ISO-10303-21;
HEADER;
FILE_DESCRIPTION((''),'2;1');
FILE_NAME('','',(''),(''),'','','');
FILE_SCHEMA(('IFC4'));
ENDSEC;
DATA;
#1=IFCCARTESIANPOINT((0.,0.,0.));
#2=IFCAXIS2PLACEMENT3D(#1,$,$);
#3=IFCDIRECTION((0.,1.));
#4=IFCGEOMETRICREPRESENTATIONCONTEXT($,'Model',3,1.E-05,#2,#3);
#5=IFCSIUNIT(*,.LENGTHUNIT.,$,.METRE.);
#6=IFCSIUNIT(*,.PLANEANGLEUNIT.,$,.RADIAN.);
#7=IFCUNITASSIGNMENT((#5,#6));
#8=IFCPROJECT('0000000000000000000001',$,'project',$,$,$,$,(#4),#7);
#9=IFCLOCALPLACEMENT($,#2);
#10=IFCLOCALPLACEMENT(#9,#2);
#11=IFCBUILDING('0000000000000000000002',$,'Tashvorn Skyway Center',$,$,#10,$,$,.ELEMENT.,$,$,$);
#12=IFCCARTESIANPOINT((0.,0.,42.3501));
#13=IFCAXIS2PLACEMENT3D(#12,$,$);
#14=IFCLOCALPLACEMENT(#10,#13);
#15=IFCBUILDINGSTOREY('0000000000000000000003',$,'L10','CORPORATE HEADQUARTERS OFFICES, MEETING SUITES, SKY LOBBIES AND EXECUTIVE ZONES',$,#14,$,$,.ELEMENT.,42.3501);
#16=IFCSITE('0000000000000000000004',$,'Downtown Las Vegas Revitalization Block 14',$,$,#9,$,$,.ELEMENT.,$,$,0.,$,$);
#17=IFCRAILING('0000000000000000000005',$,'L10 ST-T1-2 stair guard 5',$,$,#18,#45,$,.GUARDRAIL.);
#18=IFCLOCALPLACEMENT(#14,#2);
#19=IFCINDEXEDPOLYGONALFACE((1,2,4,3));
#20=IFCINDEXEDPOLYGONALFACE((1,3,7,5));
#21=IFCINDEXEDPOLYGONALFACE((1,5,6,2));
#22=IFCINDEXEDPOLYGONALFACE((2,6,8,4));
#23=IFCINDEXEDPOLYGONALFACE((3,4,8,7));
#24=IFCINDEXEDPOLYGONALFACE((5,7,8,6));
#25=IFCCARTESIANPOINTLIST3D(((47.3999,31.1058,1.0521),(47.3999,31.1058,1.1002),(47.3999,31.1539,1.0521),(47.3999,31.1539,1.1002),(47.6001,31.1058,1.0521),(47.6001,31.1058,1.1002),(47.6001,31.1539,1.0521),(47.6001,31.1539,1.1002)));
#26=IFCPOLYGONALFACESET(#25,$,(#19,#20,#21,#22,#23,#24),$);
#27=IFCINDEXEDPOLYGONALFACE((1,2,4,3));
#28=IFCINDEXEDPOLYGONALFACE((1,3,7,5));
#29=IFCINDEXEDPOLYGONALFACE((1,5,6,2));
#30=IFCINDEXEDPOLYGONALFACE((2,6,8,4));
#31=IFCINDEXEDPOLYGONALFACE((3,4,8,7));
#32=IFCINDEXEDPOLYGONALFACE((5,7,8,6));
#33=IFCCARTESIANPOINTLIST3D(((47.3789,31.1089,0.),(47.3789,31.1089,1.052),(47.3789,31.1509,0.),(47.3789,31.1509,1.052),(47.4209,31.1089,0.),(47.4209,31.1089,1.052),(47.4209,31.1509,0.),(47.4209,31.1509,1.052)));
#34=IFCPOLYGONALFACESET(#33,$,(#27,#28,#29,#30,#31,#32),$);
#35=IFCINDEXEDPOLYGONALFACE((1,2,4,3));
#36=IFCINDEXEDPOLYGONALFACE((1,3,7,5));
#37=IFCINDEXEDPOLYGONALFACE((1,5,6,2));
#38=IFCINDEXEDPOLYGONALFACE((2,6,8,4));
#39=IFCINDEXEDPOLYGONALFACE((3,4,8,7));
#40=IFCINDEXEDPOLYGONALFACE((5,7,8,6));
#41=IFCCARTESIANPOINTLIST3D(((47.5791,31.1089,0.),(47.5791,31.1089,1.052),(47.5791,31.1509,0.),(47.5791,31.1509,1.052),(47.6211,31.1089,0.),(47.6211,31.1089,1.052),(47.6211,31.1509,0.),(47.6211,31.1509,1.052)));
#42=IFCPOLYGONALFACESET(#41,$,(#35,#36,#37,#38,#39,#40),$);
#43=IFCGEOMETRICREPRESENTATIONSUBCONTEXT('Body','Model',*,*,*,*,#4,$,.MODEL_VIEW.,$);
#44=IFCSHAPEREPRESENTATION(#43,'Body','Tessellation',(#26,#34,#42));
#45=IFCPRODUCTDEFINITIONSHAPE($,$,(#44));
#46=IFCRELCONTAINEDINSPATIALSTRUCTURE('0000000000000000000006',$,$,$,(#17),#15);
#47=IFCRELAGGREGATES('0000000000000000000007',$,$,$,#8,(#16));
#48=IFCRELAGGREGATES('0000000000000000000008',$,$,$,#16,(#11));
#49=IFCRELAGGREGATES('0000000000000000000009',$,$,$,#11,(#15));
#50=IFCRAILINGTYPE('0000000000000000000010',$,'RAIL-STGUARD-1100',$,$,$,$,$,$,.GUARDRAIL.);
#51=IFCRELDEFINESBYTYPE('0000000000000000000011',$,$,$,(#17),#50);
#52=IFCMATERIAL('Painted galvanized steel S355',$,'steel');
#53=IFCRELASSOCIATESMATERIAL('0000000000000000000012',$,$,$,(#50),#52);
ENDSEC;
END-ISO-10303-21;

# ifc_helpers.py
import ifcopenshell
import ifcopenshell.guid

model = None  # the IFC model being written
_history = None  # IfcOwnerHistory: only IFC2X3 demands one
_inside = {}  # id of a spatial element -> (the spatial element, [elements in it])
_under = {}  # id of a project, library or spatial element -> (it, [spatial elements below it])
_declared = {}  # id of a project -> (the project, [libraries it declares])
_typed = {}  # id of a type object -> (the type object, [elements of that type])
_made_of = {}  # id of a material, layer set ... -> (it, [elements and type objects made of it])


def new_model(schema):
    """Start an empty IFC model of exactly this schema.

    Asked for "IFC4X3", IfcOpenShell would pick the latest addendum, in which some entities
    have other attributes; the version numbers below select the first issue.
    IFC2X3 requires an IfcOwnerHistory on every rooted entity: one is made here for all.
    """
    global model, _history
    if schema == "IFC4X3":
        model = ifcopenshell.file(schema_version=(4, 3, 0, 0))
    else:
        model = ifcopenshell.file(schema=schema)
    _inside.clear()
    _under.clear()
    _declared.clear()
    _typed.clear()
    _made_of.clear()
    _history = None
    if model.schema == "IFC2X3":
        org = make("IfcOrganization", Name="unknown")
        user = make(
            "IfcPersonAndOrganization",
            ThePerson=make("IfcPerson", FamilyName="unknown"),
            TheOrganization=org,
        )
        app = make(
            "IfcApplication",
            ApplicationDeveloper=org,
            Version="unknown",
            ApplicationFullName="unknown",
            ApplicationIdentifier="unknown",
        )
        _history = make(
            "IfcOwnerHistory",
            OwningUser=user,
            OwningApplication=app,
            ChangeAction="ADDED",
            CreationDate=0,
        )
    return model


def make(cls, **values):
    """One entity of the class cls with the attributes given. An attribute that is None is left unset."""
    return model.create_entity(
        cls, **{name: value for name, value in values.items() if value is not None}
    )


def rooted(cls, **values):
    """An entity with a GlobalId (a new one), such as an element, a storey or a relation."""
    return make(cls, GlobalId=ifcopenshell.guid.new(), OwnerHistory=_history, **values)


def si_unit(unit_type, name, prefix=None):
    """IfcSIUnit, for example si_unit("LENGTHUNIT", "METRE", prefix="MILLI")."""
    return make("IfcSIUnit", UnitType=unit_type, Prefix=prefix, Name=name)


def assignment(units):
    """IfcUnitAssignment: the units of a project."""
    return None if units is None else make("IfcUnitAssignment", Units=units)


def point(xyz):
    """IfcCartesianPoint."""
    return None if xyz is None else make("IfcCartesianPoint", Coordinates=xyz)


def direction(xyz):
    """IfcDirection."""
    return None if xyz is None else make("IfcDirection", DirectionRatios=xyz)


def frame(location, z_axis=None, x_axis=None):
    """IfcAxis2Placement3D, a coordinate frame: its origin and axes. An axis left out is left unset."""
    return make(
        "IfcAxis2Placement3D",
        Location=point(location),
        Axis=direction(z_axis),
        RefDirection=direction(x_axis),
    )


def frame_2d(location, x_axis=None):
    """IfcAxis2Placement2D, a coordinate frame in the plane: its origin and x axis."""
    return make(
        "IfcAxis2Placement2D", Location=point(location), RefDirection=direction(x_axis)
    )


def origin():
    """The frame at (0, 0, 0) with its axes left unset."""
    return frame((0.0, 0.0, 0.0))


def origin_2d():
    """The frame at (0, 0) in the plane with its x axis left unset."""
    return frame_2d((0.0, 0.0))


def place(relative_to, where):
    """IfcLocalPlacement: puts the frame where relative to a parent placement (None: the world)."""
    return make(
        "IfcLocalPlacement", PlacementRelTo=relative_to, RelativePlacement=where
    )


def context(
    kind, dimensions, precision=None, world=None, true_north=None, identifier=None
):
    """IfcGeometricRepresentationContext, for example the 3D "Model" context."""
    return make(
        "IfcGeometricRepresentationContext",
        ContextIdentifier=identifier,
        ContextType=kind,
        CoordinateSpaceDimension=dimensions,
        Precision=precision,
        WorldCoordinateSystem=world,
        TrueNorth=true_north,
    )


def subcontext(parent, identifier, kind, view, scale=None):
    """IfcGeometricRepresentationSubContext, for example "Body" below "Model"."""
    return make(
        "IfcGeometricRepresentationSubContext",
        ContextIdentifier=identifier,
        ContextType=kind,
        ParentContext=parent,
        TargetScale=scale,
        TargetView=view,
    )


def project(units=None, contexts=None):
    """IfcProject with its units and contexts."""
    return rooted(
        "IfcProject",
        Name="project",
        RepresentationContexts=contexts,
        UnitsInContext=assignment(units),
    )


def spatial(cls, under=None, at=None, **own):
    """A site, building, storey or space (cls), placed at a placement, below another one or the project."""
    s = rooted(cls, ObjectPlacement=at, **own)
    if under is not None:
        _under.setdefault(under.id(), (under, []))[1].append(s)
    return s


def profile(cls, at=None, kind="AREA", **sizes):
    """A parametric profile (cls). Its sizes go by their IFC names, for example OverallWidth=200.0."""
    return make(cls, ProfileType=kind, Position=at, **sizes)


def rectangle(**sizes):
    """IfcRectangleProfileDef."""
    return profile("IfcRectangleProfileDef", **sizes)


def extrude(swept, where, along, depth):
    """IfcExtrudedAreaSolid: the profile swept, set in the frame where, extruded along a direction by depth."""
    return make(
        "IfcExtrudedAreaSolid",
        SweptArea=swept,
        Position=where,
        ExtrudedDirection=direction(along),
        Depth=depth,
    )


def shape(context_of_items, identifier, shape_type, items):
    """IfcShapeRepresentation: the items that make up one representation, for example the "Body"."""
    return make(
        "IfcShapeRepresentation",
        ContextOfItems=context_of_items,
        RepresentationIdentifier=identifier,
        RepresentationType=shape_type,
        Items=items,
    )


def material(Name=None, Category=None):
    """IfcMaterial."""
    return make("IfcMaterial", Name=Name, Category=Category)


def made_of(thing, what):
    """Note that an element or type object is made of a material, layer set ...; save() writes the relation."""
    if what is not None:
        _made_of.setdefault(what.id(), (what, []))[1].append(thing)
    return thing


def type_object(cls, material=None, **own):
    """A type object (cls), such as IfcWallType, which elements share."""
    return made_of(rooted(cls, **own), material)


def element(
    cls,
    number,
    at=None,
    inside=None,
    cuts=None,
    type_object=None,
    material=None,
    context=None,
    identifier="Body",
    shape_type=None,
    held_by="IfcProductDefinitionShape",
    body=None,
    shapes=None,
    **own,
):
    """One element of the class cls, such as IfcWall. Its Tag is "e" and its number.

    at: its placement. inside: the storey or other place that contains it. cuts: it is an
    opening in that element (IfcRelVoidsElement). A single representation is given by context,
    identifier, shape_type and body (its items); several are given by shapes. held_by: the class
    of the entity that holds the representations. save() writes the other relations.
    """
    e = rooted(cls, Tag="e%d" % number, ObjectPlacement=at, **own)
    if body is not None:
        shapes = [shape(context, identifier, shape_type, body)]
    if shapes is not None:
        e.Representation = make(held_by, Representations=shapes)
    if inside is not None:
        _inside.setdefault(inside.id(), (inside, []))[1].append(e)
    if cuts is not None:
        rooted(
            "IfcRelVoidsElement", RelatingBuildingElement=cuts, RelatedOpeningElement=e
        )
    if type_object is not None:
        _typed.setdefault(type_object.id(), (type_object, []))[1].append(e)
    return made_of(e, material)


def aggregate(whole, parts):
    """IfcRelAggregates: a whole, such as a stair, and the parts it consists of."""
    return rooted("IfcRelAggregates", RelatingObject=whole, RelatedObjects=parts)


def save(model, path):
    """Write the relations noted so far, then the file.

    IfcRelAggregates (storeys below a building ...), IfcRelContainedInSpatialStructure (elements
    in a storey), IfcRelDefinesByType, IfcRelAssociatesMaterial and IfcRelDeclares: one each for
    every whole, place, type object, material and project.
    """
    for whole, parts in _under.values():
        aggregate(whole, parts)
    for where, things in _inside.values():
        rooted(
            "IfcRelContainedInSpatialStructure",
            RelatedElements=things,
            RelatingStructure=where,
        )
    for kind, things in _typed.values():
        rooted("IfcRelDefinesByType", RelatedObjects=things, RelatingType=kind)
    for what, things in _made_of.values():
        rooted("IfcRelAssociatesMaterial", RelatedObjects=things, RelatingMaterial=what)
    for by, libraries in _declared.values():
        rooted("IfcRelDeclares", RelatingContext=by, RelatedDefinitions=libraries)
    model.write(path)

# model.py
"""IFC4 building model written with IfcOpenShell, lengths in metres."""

from ifc_helpers import new_model, si_unit, direction, frame, origin, origin_2d, place, context, subcontext, project, spatial, rectangle, extrude, material, type_object, element, save


model = new_model("IFC4")

# Units and contexts
model_context = context("Model", 3, precision=1e-05, world=origin(), true_north=direction((0.0, 1.0)))
body_context = subcontext(model_context, "Body", "Model", "MODEL_VIEW")
ifc_project = project(units=[si_unit("LENGTHUNIT", "METRE"), si_unit("PLANEANGLEUNIT", "RADIAN")], contexts=[model_context])

# Site, building, storey
site_placement = place(None, origin())
site = spatial("IfcSite", under=ifc_project, at=site_placement, Name="Downtown Las Vegas Revitalization Block 14", CompositionType="ELEMENT", RefElevation=0.0)
building_placement = place(site_placement, origin())
building = spatial("IfcBuilding", under=site, at=building_placement, Name="Tashvorn Skyway Center", CompositionType="ELEMENT")
storey_placement = place(building_placement, frame((0.0, 0.0, 42.3501)))
storey = spatial("IfcBuildingStorey", under=building, at=storey_placement, Name="L10", Description="CORPORATE HEADQUARTERS OFFICES, MEETING SUITES, SKY LOBBIES AND EXECUTIVE ZONES", CompositionType="ELEMENT", Elevation=42.3501)

# Railing
ifc_material_1 = material(Name="Painted galvanized steel S355", Category="steel")
railing_type_1 = type_object("IfcRailingType", Name="RAIL-STGUARD-1100", PredefinedType="GUARDRAIL", material=ifc_material_1)
railing_1_placement = place(storey_placement, frame((47.3999, 31.1299, 0.0)))
element("IfcRailing", 1, at=railing_1_placement, inside=storey, type_object=railing_type_1, Name="L10 ST-T1-2 stair guard 5", PredefinedType="GUARDRAIL", context=body_context, shape_type="SweptSolid", body=[
    extrude(rectangle(XDim=0.0481, YDim=0.0481, at=origin_2d()), frame((0.0, 0.0, 1.0762), z_axis=(1.0, 0.0, 0.0), x_axis=(0.0, 1.0, 0.0)), (0.0, 0.0, 1.0), 0.2002),
    extrude(rectangle(XDim=0.042, YDim=0.042, at=origin_2d()), origin(), (0.0, 0.0, 1.0), 1.052),
    extrude(rectangle(XDim=0.042, YDim=0.042, at=origin_2d()), frame((0.2002, 0.0, 0.0)), (0.0, 0.0, 1.0), 1.052),
])

save(model, "model.ifc")
